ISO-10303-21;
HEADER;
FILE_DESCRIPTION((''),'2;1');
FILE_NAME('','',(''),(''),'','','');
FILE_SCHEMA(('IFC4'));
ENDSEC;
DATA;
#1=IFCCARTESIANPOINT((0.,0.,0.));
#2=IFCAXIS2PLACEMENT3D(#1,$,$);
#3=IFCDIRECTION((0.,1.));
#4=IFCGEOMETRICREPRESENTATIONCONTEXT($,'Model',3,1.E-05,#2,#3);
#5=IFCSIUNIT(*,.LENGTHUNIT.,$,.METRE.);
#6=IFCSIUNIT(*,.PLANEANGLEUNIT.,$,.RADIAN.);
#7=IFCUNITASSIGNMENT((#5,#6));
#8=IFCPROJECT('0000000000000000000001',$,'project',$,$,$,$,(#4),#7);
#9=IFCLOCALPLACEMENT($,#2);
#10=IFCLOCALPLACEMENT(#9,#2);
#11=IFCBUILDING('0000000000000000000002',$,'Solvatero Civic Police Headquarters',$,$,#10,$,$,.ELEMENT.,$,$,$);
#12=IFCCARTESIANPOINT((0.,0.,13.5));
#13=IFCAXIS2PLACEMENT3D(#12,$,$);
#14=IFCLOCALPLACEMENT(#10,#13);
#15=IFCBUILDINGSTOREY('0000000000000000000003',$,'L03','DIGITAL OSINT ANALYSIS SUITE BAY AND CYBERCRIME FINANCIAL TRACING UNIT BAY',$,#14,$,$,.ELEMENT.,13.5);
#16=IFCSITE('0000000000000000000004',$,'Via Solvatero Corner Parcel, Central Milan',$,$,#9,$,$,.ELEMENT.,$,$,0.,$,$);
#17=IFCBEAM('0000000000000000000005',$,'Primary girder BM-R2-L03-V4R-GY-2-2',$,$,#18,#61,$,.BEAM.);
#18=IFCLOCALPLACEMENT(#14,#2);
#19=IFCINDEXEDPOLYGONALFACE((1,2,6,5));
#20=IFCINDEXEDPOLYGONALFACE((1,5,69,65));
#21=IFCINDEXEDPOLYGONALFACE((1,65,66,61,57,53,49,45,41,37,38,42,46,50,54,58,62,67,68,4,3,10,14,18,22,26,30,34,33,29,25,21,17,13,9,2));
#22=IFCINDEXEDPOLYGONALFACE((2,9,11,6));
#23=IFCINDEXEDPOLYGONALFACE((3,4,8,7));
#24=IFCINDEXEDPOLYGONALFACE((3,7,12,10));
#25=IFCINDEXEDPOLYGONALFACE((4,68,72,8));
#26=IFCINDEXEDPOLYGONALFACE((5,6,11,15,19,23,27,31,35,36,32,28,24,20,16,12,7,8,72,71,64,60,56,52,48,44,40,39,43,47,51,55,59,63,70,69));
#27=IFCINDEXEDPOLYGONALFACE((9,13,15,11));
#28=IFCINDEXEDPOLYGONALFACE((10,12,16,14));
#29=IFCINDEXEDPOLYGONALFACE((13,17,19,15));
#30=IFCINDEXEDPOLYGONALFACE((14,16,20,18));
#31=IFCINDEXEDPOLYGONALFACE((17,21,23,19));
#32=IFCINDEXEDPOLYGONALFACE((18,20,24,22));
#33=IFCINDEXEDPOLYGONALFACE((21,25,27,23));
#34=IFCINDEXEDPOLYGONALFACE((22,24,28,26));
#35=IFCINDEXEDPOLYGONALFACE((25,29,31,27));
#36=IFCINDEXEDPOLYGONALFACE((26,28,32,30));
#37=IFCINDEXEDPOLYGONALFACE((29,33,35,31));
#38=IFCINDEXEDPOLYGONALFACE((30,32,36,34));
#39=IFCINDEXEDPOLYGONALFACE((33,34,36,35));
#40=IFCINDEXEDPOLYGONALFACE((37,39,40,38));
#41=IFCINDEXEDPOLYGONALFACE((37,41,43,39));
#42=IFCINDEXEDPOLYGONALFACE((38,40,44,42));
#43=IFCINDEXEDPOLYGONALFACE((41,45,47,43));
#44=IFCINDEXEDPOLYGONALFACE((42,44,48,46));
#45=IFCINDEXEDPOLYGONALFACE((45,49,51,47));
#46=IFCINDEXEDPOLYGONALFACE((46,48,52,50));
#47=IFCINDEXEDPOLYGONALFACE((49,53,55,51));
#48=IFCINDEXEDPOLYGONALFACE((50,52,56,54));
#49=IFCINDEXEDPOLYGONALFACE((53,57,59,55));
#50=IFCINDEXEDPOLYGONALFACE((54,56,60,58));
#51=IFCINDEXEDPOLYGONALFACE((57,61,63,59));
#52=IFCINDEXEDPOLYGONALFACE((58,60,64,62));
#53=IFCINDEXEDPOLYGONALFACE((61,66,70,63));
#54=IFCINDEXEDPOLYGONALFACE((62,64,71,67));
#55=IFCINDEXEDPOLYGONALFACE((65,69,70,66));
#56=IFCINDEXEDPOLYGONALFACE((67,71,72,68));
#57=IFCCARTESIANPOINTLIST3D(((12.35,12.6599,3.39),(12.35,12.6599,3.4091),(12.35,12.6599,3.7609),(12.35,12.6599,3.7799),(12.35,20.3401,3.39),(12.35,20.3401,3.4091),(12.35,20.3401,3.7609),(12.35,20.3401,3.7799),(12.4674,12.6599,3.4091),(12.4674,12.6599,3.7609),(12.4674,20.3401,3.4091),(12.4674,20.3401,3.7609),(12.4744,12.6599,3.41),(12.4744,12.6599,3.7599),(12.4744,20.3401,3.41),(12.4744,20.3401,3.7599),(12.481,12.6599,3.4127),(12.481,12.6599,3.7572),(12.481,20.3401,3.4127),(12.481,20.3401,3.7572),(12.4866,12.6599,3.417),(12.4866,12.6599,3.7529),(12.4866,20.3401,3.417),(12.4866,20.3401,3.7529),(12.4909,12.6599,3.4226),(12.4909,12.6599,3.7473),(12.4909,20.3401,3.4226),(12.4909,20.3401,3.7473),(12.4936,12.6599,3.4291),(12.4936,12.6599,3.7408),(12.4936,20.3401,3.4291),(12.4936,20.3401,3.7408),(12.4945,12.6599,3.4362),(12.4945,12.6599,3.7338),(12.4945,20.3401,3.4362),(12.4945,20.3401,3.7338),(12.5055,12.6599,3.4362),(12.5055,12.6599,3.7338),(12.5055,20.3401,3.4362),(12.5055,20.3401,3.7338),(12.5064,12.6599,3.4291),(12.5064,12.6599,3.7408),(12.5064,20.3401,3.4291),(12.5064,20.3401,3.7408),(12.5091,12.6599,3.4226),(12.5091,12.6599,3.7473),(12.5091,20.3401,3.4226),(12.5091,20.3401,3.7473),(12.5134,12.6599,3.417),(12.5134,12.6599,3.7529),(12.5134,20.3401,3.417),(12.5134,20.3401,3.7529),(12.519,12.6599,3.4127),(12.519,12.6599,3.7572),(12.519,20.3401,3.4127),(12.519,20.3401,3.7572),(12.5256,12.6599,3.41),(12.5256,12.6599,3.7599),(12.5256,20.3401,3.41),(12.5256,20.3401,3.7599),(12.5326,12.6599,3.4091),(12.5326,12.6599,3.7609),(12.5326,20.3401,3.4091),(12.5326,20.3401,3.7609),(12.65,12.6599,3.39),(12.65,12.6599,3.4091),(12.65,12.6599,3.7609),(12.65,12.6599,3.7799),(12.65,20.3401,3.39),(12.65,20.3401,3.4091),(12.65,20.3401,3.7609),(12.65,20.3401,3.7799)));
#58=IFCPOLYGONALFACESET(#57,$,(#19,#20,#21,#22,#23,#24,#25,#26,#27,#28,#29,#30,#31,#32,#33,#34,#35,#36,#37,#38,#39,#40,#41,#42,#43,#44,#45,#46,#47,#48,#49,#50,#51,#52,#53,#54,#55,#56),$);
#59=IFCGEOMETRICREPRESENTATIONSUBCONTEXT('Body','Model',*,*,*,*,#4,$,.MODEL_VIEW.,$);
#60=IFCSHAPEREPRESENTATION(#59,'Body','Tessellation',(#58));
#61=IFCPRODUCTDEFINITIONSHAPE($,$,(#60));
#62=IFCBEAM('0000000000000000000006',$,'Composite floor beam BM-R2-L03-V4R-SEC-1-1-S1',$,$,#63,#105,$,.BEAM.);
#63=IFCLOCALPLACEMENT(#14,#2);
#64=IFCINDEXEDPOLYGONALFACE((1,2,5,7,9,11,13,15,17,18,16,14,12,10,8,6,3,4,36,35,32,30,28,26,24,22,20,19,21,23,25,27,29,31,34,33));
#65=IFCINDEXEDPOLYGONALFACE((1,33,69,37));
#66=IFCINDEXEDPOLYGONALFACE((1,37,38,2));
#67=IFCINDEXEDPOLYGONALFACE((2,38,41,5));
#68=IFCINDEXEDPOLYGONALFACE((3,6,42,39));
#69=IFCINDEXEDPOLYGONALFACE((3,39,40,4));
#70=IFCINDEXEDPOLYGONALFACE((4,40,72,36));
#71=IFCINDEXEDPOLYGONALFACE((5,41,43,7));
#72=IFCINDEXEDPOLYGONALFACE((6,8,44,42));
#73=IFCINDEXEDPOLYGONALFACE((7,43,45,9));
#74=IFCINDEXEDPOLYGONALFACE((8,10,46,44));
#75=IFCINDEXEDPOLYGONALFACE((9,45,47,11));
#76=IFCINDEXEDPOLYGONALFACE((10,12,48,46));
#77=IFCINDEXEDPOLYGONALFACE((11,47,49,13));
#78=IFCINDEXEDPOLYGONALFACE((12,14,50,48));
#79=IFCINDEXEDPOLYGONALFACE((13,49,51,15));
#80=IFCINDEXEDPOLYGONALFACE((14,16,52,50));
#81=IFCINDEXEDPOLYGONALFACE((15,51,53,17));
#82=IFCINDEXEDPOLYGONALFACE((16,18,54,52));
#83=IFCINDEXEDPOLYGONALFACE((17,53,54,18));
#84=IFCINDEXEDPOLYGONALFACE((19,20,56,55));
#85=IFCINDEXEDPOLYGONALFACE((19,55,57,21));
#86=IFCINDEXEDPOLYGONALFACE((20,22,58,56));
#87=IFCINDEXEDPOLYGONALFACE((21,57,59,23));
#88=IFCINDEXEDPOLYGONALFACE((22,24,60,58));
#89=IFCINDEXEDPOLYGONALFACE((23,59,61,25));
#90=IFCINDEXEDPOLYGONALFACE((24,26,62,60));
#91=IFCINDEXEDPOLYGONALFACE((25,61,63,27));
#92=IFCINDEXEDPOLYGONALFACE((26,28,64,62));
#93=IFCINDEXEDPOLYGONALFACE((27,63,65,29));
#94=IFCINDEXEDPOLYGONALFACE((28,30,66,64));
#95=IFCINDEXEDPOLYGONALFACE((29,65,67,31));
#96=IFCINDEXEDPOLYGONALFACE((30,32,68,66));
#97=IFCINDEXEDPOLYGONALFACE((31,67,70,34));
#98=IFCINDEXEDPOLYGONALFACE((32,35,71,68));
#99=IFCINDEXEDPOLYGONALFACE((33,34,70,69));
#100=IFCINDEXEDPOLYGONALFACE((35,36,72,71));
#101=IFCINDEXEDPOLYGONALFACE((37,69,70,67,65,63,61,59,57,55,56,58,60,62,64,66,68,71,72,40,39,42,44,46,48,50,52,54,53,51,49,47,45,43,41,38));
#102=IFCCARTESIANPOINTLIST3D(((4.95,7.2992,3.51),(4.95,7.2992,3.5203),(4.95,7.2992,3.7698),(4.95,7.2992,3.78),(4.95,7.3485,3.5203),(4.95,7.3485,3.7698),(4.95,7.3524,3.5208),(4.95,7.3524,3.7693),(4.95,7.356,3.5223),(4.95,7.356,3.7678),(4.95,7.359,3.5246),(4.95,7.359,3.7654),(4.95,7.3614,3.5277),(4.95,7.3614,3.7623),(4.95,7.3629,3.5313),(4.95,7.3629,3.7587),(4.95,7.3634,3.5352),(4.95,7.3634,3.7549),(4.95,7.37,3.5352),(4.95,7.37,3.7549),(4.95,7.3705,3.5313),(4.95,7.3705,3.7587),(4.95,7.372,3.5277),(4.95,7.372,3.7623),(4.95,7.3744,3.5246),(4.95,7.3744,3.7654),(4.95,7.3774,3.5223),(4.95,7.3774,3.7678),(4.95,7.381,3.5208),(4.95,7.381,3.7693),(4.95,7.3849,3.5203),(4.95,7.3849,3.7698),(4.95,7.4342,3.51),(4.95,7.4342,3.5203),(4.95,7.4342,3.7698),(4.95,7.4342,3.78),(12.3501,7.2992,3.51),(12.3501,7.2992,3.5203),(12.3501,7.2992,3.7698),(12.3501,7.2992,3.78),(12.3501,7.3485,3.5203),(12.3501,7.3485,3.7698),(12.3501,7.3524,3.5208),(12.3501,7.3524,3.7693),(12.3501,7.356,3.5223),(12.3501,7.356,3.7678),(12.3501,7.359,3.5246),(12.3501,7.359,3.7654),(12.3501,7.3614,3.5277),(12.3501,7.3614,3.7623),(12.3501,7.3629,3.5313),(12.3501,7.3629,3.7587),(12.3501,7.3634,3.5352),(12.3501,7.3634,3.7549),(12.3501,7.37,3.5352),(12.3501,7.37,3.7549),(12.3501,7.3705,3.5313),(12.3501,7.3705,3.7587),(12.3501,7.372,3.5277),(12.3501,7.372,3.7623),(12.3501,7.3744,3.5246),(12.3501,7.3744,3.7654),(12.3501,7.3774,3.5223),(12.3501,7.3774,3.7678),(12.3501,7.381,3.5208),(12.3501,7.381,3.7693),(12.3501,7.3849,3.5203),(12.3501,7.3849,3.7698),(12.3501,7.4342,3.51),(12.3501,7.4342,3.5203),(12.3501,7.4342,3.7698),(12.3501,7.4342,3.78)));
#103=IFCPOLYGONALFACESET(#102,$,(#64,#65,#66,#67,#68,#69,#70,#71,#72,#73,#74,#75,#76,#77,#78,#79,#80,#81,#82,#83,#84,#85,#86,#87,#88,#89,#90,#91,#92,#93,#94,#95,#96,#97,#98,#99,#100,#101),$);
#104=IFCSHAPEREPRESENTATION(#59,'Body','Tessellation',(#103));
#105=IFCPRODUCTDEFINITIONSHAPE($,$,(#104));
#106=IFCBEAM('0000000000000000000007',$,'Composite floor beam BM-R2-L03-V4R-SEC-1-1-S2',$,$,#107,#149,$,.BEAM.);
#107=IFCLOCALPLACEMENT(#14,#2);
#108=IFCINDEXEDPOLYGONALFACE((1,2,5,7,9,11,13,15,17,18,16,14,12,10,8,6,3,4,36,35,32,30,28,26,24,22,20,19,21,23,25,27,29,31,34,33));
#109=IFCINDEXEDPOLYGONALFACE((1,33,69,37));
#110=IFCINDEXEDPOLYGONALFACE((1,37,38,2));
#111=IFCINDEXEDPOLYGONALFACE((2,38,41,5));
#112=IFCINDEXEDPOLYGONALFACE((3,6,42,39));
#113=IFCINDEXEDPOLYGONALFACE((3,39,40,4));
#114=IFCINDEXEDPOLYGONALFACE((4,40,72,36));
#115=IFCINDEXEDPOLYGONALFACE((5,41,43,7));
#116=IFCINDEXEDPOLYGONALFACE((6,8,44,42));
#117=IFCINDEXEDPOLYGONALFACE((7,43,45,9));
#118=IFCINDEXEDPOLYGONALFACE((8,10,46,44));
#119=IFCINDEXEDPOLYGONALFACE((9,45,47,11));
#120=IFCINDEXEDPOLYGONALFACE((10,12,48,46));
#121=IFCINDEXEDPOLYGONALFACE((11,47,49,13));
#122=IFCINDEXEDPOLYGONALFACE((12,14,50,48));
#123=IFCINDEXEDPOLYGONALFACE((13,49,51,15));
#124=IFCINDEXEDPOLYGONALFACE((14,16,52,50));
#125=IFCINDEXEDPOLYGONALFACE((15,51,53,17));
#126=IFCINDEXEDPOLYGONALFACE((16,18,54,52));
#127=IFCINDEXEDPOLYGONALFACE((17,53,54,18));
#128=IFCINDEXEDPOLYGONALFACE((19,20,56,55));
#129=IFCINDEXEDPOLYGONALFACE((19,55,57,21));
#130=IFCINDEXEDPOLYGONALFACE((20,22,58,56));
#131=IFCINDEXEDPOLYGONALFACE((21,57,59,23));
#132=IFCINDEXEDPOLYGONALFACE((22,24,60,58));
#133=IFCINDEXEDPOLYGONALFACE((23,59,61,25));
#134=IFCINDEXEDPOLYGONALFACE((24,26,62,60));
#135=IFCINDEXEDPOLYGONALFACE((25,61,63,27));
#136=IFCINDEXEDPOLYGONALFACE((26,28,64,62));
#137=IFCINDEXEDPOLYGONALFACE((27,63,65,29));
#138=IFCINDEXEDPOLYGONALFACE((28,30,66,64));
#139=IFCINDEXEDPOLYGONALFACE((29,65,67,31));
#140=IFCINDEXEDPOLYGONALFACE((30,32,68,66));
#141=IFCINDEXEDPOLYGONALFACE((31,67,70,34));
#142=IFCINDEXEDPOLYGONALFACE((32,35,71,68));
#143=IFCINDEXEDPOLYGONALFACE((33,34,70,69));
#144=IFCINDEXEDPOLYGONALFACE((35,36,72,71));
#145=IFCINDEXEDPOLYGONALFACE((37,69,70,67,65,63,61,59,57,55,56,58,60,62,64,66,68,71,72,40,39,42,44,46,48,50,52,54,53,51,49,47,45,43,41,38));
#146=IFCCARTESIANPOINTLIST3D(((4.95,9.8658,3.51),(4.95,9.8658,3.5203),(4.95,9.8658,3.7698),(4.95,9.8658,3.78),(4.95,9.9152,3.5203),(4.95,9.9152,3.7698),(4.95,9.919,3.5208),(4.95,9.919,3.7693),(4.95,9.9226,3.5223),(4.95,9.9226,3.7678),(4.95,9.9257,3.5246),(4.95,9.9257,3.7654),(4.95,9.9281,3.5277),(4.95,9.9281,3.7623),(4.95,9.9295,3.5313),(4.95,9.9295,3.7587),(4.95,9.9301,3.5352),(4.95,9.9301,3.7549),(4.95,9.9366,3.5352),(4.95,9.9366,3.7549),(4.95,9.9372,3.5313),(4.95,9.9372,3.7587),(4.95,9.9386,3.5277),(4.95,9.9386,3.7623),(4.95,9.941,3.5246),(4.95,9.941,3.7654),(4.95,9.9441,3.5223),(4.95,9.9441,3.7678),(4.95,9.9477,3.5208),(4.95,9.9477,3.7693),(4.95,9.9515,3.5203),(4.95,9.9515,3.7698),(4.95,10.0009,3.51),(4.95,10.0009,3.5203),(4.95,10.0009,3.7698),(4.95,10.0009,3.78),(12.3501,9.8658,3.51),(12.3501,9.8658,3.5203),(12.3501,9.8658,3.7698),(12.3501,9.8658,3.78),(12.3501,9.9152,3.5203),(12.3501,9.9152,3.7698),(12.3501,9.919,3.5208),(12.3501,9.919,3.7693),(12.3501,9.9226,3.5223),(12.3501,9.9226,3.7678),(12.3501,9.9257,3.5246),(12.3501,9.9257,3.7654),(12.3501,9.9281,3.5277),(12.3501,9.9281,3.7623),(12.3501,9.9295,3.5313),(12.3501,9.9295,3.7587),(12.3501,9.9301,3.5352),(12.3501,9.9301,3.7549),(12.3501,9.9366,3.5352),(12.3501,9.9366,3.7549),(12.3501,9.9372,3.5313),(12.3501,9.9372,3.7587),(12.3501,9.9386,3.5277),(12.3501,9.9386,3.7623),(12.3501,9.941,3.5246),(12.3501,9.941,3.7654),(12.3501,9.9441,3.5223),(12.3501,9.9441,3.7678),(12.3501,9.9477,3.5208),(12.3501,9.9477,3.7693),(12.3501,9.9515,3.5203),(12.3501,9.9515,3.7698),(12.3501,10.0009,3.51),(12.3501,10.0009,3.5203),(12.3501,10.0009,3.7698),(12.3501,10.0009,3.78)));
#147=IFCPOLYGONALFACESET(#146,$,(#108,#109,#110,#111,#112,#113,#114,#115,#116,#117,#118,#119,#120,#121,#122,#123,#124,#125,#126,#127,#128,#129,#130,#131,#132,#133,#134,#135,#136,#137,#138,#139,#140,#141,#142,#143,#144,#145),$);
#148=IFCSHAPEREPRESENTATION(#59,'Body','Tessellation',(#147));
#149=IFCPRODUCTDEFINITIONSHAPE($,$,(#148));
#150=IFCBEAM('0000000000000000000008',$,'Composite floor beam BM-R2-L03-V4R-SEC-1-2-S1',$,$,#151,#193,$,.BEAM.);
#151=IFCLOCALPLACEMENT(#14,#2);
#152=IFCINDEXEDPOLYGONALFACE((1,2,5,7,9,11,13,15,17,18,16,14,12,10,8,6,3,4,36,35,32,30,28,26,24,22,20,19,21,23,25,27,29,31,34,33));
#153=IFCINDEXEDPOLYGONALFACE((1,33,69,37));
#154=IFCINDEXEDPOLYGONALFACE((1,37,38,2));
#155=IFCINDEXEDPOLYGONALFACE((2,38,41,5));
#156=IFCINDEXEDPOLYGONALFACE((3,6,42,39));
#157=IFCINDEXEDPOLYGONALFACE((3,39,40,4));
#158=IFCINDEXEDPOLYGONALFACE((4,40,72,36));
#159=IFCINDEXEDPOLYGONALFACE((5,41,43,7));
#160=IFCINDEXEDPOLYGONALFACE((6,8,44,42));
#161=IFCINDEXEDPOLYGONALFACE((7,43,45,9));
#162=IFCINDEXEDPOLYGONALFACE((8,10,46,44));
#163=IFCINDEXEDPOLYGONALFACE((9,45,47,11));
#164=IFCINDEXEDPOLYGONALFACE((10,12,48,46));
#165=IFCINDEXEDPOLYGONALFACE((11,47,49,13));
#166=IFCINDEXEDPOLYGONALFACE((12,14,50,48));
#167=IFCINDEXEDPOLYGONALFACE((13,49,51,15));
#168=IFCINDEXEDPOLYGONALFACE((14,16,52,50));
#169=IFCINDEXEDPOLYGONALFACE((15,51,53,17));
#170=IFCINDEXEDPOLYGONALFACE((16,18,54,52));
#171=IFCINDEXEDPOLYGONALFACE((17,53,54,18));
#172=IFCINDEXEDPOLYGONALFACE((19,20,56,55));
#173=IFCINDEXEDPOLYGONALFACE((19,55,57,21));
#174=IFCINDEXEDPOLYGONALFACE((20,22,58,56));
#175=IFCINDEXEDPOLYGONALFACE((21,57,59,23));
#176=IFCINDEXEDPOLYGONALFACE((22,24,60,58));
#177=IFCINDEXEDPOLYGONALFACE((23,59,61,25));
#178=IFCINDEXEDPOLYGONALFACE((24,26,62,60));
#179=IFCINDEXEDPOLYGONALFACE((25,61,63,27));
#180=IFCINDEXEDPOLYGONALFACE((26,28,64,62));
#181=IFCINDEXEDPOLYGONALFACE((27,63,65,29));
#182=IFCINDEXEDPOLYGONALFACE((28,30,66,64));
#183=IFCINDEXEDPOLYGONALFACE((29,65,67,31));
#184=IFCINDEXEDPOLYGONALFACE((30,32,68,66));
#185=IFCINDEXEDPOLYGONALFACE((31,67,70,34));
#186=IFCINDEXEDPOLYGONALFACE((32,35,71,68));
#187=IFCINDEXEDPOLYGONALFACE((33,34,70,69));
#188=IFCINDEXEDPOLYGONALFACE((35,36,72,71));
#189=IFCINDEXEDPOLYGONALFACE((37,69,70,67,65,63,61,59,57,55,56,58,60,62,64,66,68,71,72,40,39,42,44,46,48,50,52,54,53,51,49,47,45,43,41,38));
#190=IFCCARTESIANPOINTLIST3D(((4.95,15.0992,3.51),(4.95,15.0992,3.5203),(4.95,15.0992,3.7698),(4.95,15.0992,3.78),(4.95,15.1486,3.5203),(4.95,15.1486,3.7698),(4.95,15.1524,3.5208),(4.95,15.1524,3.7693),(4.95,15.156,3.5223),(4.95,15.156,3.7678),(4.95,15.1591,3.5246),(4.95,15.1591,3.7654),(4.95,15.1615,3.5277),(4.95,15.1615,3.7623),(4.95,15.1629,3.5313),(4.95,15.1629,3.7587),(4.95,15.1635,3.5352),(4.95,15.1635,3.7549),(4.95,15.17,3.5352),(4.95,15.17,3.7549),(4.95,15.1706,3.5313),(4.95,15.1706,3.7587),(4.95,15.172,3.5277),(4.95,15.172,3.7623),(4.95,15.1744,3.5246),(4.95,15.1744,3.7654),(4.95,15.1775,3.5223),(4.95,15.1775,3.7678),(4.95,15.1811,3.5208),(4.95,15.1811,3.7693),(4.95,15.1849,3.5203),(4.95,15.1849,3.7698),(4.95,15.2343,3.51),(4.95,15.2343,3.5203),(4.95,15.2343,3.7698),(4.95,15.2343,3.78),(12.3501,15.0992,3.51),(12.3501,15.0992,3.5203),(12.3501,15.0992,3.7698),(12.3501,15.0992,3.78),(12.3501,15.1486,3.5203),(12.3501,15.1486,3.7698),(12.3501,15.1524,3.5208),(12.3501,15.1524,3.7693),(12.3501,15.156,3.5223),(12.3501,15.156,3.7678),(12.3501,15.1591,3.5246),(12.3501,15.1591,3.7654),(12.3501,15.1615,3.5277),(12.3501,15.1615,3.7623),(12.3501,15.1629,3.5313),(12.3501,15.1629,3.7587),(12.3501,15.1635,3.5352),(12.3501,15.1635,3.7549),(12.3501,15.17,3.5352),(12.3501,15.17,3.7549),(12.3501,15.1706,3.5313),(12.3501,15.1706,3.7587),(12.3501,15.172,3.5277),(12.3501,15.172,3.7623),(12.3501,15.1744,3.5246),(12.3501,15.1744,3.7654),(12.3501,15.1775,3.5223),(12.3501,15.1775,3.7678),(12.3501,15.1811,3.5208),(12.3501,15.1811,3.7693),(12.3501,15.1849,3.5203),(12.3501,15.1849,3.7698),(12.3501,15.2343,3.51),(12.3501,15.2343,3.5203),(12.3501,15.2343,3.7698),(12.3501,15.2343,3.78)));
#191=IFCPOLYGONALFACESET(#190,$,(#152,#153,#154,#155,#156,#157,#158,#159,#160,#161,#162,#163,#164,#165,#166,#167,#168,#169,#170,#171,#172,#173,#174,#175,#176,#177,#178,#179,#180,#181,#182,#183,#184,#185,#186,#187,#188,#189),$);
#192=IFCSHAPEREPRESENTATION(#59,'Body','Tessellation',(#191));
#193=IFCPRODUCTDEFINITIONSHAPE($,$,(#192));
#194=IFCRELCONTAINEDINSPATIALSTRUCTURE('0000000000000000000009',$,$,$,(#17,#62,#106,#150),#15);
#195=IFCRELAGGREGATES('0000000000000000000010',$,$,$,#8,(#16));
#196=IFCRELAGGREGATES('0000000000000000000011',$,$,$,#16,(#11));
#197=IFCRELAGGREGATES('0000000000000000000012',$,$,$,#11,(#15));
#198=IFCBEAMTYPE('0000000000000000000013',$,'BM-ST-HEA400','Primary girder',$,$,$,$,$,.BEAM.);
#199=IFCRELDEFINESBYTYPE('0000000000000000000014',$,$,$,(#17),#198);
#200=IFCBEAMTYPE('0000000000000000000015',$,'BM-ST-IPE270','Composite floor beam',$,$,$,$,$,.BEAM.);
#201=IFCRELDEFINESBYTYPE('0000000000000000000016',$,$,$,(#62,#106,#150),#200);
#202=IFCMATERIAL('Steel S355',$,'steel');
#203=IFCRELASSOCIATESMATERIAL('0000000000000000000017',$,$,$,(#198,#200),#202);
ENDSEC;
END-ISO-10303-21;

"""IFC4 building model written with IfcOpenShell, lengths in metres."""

from ifc_helpers import new_model, si_unit, direction, frame, origin, origin_2d, place, context, subcontext, project, spatial, i_section, extrude, material, material_profile, profile_set, type_object, element, save


model = new_model("IFC4")

# Units and contexts
model_context = context("Model", 3, precision=1e-05, world=origin(), true_north=direction((0.0, 1.0)))
body_context = subcontext(model_context, "Body", "Model", "MODEL_VIEW")
ifc_project = project(units=[si_unit("LENGTHUNIT", "METRE"), si_unit("PLANEANGLEUNIT", "RADIAN")], contexts=[model_context])

# Site, building, storey
site_placement = place(None, origin())
site = spatial("IfcSite", under=ifc_project, at=site_placement, Name="Via Solvatero Corner Parcel, Central Milan", CompositionType="ELEMENT", RefElevation=0.0)
building_placement = place(site_placement, origin())
building = spatial("IfcBuilding", under=site, at=building_placement, Name="Solvatero Civic Police Headquarters", CompositionType="ELEMENT")
storey_placement = place(building_placement, frame((0.0, 0.0, 13.5)))
storey = spatial("IfcBuildingStorey", under=building, at=storey_placement, Name="L03", Description="DIGITAL OSINT ANALYSIS SUITE BAY AND CYBERCRIME FINANCIAL TRACING UNIT BAY", CompositionType="ELEMENT", Elevation=13.5)

# Shared definitions
ifc_material_1 = material(Name="Steel S355", Category="steel")

# Beams
ifc_material_profile_1 = material_profile(ifc_material_1, i_section(OverallWidth=0.3, OverallDepth=0.3899, WebThickness=0.011, FlangeThickness=0.019, FilletRadius=0.0271, at=origin_2d()), Name="HEA 400")
ifc_profile_set_1 = profile_set([ifc_material_profile_1], Name="Steel S355")
beam_type_1 = type_object("IfcBeamType", Name="BM-ST-HEA400", Description="Primary girder", PredefinedType="BEAM", material=ifc_profile_set_1)
beam_1_placement = place(storey_placement, frame((12.5, 12.6599, 3.585), z_axis=(0.0, 1.0, 0.0), x_axis=(-1.0, 0.0, 0.0)))
element("IfcBeam", 1, at=beam_1_placement, inside=storey, type_object=beam_type_1, Name="Primary girder BM-R2-L03-V4R-GY-2-2", PredefinedType="BEAM", context=body_context, shape_type="SweptSolid", body=[
    extrude(i_section(OverallWidth=0.3, OverallDepth=0.3899, WebThickness=0.011, FlangeThickness=0.019, FilletRadius=0.0271, at=origin_2d()), origin(), (0.0, 0.0, 1.0), 7.6802),
])
ifc_material_profile_2 = material_profile(ifc_material_1, i_section(OverallWidth=0.135, OverallDepth=0.27, WebThickness=0.0066, FlangeThickness=0.0103, FilletRadius=0.0149, at=origin_2d()), Name="IPE 270")
ifc_profile_set_2 = profile_set([ifc_material_profile_2], Name="Steel S355")
beam_type_2 = type_object("IfcBeamType", Name="BM-ST-IPE270", Description="Composite floor beam", PredefinedType="BEAM", material=ifc_profile_set_2)
for number, where, z_axis, x_axis, name in (
    (2, (4.95, 7.3667, 3.645), (1.0, 0.0, 0.0), (0.0, 1.0, 0.0), "Composite floor beam BM-R2-L03-V4R-SEC-1-1-S1"),
    (3, (4.95, 9.9333, 3.645), (1.0, 0.0, 0.0), (0.0, 1.0, 0.0), "Composite floor beam BM-R2-L03-V4R-SEC-1-1-S2"),
    (4, (4.95, 15.1667, 3.645), (1.0, 0.0, 0.0), (0.0, 1.0, 0.0), "Composite floor beam BM-R2-L03-V4R-SEC-1-2-S1"),
):
    element("IfcBeam", number, at=place(storey_placement, frame(where, z_axis=z_axis, x_axis=x_axis)), inside=storey, type_object=beam_type_2, Name=name, PredefinedType="BEAM", context=body_context, shape_type="SweptSolid", body=[
        extrude(i_section(OverallWidth=0.135, OverallDepth=0.27, WebThickness=0.0066, FlangeThickness=0.0103, FilletRadius=0.0149, at=origin_2d()), origin(), (0.0, 0.0, 1.0), 7.4001),
    ])

save(model, "model.ifc")
